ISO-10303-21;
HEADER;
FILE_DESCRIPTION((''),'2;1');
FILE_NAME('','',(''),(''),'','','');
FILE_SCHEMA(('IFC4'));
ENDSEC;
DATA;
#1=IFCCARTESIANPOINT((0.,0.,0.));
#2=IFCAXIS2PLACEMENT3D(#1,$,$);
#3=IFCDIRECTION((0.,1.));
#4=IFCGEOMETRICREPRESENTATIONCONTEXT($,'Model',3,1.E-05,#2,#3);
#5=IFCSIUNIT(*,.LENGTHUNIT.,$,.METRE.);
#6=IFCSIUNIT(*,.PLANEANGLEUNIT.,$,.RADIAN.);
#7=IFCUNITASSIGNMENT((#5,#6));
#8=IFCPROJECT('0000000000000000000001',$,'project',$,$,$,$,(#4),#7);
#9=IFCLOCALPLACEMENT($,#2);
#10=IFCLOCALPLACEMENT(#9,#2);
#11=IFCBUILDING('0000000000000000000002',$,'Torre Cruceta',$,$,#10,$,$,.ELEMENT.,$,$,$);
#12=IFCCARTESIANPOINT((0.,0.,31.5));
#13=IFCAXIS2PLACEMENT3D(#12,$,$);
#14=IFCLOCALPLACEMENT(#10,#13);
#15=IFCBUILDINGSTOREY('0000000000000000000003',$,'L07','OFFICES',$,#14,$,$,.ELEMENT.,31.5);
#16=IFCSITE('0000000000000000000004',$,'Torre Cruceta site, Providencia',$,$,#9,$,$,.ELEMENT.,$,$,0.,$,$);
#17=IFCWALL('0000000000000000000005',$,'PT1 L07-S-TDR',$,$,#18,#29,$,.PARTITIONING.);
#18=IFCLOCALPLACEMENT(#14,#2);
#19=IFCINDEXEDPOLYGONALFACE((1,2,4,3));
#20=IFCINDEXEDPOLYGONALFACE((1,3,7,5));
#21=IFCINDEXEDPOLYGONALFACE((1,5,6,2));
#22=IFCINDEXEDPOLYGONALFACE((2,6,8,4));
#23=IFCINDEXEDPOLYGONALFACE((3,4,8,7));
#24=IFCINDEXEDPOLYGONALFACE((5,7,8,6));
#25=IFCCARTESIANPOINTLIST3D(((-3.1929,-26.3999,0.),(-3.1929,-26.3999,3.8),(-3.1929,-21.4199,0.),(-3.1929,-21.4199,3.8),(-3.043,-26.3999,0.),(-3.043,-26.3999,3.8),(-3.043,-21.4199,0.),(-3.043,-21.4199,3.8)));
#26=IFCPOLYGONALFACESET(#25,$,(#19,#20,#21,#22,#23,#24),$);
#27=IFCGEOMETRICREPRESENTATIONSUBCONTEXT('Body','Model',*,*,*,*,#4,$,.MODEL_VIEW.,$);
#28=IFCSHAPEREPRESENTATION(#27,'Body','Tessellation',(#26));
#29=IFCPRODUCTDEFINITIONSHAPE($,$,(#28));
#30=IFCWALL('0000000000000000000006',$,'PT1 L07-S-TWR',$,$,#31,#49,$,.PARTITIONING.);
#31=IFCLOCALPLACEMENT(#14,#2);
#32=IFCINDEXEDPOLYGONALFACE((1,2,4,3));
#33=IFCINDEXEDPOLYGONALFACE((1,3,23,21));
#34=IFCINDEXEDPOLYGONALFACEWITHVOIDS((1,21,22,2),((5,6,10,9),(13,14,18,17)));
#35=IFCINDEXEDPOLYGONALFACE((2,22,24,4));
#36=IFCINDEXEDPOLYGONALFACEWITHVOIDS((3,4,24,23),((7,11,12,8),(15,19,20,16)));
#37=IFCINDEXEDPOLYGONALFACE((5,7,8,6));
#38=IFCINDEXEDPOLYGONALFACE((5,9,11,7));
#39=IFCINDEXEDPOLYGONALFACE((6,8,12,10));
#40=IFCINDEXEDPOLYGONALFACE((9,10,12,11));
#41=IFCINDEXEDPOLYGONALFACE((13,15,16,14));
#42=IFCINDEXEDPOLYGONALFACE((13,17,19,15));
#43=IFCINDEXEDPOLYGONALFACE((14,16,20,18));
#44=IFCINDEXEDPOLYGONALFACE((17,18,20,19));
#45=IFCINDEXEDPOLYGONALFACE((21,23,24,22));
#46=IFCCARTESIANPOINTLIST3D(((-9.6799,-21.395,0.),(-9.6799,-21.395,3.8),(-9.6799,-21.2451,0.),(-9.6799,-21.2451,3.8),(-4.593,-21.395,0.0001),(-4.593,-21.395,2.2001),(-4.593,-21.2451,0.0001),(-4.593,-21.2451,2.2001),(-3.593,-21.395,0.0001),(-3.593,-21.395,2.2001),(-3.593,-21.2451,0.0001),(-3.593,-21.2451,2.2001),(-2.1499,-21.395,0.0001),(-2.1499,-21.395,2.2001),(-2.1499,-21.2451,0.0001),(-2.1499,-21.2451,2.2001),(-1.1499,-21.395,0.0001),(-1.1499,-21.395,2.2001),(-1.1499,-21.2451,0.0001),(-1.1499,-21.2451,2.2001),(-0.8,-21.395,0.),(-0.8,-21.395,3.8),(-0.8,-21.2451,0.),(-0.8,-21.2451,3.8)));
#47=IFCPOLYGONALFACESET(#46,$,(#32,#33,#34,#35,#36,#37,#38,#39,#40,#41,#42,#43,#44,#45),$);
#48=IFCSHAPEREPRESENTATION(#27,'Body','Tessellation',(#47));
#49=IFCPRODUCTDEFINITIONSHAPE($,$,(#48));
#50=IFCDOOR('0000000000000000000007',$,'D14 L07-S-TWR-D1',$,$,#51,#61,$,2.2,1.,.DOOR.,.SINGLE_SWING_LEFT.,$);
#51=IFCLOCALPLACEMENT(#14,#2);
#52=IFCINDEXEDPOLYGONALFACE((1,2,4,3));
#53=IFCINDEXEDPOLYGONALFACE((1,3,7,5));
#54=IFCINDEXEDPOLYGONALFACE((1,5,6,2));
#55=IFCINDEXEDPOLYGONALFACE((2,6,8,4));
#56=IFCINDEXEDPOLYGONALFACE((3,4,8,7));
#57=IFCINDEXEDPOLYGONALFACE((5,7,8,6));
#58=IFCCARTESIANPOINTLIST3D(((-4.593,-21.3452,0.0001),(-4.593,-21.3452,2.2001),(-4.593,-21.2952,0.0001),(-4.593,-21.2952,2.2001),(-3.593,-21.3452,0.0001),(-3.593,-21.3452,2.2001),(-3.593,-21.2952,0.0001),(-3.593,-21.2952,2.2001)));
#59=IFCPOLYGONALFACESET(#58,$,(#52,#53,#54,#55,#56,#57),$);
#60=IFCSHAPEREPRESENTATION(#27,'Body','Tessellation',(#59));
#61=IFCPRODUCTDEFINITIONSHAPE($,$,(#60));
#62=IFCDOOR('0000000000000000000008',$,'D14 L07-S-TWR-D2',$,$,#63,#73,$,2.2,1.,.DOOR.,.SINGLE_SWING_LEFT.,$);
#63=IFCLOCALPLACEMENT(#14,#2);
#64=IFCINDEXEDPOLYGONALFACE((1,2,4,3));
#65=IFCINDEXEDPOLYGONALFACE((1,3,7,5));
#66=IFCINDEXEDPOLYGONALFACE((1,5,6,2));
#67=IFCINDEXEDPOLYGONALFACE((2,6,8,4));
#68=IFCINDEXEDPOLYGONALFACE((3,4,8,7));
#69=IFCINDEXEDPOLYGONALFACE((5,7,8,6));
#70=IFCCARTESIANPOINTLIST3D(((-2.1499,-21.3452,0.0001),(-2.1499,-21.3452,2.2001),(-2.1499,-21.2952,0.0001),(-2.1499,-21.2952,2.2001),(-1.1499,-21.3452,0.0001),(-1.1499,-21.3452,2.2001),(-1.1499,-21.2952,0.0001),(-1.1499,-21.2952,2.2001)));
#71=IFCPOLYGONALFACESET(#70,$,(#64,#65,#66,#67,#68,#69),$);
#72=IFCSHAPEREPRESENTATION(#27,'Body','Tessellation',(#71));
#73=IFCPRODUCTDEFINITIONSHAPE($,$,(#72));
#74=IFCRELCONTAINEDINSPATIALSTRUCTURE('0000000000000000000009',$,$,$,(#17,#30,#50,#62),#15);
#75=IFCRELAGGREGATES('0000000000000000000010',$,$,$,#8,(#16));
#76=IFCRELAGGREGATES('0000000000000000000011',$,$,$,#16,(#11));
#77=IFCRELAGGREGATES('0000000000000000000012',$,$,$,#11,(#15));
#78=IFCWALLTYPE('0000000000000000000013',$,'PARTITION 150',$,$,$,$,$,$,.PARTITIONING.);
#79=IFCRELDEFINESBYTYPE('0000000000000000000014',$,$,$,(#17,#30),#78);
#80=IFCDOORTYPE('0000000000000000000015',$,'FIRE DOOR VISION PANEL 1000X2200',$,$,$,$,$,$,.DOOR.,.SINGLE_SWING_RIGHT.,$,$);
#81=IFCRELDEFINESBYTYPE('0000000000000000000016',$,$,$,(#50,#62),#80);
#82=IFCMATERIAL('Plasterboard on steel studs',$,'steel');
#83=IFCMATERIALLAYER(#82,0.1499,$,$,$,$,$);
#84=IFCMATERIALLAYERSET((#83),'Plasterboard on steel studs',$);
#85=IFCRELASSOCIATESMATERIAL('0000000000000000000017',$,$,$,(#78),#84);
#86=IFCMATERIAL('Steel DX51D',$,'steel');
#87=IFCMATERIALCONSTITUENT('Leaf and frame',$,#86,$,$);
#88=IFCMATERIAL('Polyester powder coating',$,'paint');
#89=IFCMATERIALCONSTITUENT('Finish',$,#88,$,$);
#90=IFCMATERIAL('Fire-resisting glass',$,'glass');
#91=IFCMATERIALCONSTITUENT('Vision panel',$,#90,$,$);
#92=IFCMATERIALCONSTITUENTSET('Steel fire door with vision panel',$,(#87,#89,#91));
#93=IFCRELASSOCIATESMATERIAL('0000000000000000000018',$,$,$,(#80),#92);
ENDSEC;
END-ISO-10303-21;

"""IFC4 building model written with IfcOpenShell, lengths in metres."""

from ifc_helpers import new_model, si_unit, direction, frame, frame_2d, origin, place, context, subcontext, project, spatial, rectangle, extrude, material, layer, layer_set, constituent, constituent_set, type_object, element, fill, save


model = new_model("IFC4")

# Units and contexts
model_context = context("Model", 3, precision=1e-05, world=origin(), true_north=direction((0.0, 1.0)))
body_context = subcontext(model_context, "Body", "Model", "MODEL_VIEW")
ifc_project = project(units=[si_unit("LENGTHUNIT", "METRE"), si_unit("PLANEANGLEUNIT", "RADIAN")], contexts=[model_context])

# Site, building, storey
site_placement = place(None, origin())
site = spatial("IfcSite", under=ifc_project, at=site_placement, Name="Torre Cruceta site, Providencia", CompositionType="ELEMENT", RefElevation=0.0)
building_placement = place(site_placement, origin())
building = spatial("IfcBuilding", under=site, at=building_placement, Name="Torre Cruceta", CompositionType="ELEMENT")
storey_placement = place(building_placement, frame((0.0, 0.0, 31.5)))
storey = spatial("IfcBuildingStorey", under=building, at=storey_placement, Name="L07", Description="OFFICES", CompositionType="ELEMENT", Elevation=31.5)

# Wall
ifc_material_1 = material(Name="Plasterboard on steel studs", Category="steel")
ifc_layer_1 = layer(ifc_material_1, 0.1499)
ifc_layer_set_1 = layer_set([ifc_layer_1], Name="Plasterboard on steel studs")
wall_type_1 = type_object("IfcWallType", Name="PARTITION 150", PredefinedType="PARTITIONING", material=ifc_layer_set_1)
wall_1_placement = place(storey_placement, frame((-3.1179, -21.4199, 0.0), z_axis=(0.0, 0.0, 1.0), x_axis=(0.0, -1.0, 0.0)))
element("IfcWall", 1, at=wall_1_placement, inside=storey, type_object=wall_type_1, Name="PT1 L07-S-TDR", PredefinedType="PARTITIONING", context=body_context, shape_type="SweptSolid", body=[
    extrude(rectangle(XDim=4.98, YDim=0.1499, at=frame_2d((2.49, 0.0))), origin(), (0.0, 0.0, 1.0), 3.8),
])

# Wall, openings, doors
wall_2_placement = place(storey_placement, frame((-9.6799, -21.3201, 0.0), z_axis=(0.0, 0.0, 1.0), x_axis=(1.0, 0.0, 0.0)))
wall_2 = element("IfcWall", 2, at=wall_2_placement, inside=storey, type_object=wall_type_1, Name="PT1 L07-S-TWR", PredefinedType="PARTITIONING", context=body_context, shape_type="SweptSolid", body=[
    extrude(rectangle(XDim=8.8799, YDim=0.1499, at=frame_2d((4.4399, 0.0))), origin(), (0.0, 0.0, 1.0), 3.8),
])
opening_1_placement = place(wall_2_placement, frame((5.0869, 0.0, 0.0)))
opening_1 = element("IfcOpeningElement", 3, at=opening_1_placement, cuts=wall_2, PredefinedType="OPENING", context=body_context, shape_type="SweptSolid", body=[
    extrude(rectangle(XDim=1.0, YDim=2.2, at=frame_2d((0.5, 1.1001))), frame((0.0, 0.085, 0.0), z_axis=(0.0, -1.0, 0.0), x_axis=(1.0, 0.0, 0.0)), (0.0, 0.0, 1.0), 0.1699),
])
opening_2_placement = place(wall_2_placement, frame((7.53, 0.0, 0.0)))
opening_2 = element("IfcOpeningElement", 4, at=opening_2_placement, cuts=wall_2, PredefinedType="OPENING", context=body_context, shape_type="SweptSolid", body=[
    extrude(rectangle(XDim=1.0, YDim=2.2, at=frame_2d((0.5, 1.1001))), frame((0.0, 0.085, 0.0), z_axis=(0.0, -1.0, 0.0), x_axis=(1.0, 0.0, 0.0)), (0.0, 0.0, 1.0), 0.1699),
])
ifc_material_2 = material(Name="Steel DX51D", Category="steel")
ifc_constituent_1 = constituent(ifc_material_2, Name="Leaf and frame")
ifc_material_3 = material(Name="Polyester powder coating", Category="paint")
ifc_constituent_2 = constituent(ifc_material_3, Name="Finish")
ifc_material_4 = material(Name="Fire-resisting glass", Category="glass")
ifc_constituent_3 = constituent(ifc_material_4, Name="Vision panel")
ifc_constituent_set_1 = constituent_set(constituents=[ifc_constituent_1, ifc_constituent_2, ifc_constituent_3], Name="Steel fire door with vision panel")
door_type = type_object("IfcDoorType", Name="FIRE DOOR VISION PANEL 1000X2200", OperationType="SINGLE_SWING_RIGHT", PredefinedType="DOOR", material=ifc_constituent_set_1)
door_1_placement = place(opening_1_placement, frame((1.0, 0.0, 0.0), z_axis=(0.0, 0.0, 1.0), x_axis=(-1.0, 0.0, 0.0)))
door_1 = element("IfcDoor", 5, at=door_1_placement, inside=storey, type_object=door_type, Name="D14 L07-S-TWR-D1", OperationType="SINGLE_SWING_LEFT", OverallHeight=2.2, OverallWidth=1.0, PredefinedType="DOOR", context=body_context, shape_type="SweptSolid", body=[
    extrude(rectangle(XDim=1.0, YDim=2.2, at=frame_2d((0.5, 1.1001))), frame((0.0, 0.0251, 0.0), z_axis=(0.0, -1.0, 0.0), x_axis=(1.0, 0.0, 0.0)), (0.0, 0.0, 1.0), 0.05),
])
fill(opening_1, door_1)
door_2_placement = place(opening_2_placement, frame((1.0, 0.0, 0.0), z_axis=(0.0, 0.0, 1.0), x_axis=(-1.0, 0.0, 0.0)))
door_2 = element("IfcDoor", 6, at=door_2_placement, inside=storey, type_object=door_type, Name="D14 L07-S-TWR-D2", OperationType="SINGLE_SWING_LEFT", OverallHeight=2.2, OverallWidth=1.0, PredefinedType="DOOR", context=body_context, shape_type="SweptSolid", body=[
    extrude(rectangle(XDim=1.0, YDim=2.2, at=frame_2d((0.5, 1.1001))), frame((0.0, 0.0251, 0.0), z_axis=(0.0, -1.0, 0.0), x_axis=(1.0, 0.0, 0.0)), (0.0, 0.0, 1.0), 0.05),
])
fill(opening_2, door_2)

save(model, "model.ifc")
